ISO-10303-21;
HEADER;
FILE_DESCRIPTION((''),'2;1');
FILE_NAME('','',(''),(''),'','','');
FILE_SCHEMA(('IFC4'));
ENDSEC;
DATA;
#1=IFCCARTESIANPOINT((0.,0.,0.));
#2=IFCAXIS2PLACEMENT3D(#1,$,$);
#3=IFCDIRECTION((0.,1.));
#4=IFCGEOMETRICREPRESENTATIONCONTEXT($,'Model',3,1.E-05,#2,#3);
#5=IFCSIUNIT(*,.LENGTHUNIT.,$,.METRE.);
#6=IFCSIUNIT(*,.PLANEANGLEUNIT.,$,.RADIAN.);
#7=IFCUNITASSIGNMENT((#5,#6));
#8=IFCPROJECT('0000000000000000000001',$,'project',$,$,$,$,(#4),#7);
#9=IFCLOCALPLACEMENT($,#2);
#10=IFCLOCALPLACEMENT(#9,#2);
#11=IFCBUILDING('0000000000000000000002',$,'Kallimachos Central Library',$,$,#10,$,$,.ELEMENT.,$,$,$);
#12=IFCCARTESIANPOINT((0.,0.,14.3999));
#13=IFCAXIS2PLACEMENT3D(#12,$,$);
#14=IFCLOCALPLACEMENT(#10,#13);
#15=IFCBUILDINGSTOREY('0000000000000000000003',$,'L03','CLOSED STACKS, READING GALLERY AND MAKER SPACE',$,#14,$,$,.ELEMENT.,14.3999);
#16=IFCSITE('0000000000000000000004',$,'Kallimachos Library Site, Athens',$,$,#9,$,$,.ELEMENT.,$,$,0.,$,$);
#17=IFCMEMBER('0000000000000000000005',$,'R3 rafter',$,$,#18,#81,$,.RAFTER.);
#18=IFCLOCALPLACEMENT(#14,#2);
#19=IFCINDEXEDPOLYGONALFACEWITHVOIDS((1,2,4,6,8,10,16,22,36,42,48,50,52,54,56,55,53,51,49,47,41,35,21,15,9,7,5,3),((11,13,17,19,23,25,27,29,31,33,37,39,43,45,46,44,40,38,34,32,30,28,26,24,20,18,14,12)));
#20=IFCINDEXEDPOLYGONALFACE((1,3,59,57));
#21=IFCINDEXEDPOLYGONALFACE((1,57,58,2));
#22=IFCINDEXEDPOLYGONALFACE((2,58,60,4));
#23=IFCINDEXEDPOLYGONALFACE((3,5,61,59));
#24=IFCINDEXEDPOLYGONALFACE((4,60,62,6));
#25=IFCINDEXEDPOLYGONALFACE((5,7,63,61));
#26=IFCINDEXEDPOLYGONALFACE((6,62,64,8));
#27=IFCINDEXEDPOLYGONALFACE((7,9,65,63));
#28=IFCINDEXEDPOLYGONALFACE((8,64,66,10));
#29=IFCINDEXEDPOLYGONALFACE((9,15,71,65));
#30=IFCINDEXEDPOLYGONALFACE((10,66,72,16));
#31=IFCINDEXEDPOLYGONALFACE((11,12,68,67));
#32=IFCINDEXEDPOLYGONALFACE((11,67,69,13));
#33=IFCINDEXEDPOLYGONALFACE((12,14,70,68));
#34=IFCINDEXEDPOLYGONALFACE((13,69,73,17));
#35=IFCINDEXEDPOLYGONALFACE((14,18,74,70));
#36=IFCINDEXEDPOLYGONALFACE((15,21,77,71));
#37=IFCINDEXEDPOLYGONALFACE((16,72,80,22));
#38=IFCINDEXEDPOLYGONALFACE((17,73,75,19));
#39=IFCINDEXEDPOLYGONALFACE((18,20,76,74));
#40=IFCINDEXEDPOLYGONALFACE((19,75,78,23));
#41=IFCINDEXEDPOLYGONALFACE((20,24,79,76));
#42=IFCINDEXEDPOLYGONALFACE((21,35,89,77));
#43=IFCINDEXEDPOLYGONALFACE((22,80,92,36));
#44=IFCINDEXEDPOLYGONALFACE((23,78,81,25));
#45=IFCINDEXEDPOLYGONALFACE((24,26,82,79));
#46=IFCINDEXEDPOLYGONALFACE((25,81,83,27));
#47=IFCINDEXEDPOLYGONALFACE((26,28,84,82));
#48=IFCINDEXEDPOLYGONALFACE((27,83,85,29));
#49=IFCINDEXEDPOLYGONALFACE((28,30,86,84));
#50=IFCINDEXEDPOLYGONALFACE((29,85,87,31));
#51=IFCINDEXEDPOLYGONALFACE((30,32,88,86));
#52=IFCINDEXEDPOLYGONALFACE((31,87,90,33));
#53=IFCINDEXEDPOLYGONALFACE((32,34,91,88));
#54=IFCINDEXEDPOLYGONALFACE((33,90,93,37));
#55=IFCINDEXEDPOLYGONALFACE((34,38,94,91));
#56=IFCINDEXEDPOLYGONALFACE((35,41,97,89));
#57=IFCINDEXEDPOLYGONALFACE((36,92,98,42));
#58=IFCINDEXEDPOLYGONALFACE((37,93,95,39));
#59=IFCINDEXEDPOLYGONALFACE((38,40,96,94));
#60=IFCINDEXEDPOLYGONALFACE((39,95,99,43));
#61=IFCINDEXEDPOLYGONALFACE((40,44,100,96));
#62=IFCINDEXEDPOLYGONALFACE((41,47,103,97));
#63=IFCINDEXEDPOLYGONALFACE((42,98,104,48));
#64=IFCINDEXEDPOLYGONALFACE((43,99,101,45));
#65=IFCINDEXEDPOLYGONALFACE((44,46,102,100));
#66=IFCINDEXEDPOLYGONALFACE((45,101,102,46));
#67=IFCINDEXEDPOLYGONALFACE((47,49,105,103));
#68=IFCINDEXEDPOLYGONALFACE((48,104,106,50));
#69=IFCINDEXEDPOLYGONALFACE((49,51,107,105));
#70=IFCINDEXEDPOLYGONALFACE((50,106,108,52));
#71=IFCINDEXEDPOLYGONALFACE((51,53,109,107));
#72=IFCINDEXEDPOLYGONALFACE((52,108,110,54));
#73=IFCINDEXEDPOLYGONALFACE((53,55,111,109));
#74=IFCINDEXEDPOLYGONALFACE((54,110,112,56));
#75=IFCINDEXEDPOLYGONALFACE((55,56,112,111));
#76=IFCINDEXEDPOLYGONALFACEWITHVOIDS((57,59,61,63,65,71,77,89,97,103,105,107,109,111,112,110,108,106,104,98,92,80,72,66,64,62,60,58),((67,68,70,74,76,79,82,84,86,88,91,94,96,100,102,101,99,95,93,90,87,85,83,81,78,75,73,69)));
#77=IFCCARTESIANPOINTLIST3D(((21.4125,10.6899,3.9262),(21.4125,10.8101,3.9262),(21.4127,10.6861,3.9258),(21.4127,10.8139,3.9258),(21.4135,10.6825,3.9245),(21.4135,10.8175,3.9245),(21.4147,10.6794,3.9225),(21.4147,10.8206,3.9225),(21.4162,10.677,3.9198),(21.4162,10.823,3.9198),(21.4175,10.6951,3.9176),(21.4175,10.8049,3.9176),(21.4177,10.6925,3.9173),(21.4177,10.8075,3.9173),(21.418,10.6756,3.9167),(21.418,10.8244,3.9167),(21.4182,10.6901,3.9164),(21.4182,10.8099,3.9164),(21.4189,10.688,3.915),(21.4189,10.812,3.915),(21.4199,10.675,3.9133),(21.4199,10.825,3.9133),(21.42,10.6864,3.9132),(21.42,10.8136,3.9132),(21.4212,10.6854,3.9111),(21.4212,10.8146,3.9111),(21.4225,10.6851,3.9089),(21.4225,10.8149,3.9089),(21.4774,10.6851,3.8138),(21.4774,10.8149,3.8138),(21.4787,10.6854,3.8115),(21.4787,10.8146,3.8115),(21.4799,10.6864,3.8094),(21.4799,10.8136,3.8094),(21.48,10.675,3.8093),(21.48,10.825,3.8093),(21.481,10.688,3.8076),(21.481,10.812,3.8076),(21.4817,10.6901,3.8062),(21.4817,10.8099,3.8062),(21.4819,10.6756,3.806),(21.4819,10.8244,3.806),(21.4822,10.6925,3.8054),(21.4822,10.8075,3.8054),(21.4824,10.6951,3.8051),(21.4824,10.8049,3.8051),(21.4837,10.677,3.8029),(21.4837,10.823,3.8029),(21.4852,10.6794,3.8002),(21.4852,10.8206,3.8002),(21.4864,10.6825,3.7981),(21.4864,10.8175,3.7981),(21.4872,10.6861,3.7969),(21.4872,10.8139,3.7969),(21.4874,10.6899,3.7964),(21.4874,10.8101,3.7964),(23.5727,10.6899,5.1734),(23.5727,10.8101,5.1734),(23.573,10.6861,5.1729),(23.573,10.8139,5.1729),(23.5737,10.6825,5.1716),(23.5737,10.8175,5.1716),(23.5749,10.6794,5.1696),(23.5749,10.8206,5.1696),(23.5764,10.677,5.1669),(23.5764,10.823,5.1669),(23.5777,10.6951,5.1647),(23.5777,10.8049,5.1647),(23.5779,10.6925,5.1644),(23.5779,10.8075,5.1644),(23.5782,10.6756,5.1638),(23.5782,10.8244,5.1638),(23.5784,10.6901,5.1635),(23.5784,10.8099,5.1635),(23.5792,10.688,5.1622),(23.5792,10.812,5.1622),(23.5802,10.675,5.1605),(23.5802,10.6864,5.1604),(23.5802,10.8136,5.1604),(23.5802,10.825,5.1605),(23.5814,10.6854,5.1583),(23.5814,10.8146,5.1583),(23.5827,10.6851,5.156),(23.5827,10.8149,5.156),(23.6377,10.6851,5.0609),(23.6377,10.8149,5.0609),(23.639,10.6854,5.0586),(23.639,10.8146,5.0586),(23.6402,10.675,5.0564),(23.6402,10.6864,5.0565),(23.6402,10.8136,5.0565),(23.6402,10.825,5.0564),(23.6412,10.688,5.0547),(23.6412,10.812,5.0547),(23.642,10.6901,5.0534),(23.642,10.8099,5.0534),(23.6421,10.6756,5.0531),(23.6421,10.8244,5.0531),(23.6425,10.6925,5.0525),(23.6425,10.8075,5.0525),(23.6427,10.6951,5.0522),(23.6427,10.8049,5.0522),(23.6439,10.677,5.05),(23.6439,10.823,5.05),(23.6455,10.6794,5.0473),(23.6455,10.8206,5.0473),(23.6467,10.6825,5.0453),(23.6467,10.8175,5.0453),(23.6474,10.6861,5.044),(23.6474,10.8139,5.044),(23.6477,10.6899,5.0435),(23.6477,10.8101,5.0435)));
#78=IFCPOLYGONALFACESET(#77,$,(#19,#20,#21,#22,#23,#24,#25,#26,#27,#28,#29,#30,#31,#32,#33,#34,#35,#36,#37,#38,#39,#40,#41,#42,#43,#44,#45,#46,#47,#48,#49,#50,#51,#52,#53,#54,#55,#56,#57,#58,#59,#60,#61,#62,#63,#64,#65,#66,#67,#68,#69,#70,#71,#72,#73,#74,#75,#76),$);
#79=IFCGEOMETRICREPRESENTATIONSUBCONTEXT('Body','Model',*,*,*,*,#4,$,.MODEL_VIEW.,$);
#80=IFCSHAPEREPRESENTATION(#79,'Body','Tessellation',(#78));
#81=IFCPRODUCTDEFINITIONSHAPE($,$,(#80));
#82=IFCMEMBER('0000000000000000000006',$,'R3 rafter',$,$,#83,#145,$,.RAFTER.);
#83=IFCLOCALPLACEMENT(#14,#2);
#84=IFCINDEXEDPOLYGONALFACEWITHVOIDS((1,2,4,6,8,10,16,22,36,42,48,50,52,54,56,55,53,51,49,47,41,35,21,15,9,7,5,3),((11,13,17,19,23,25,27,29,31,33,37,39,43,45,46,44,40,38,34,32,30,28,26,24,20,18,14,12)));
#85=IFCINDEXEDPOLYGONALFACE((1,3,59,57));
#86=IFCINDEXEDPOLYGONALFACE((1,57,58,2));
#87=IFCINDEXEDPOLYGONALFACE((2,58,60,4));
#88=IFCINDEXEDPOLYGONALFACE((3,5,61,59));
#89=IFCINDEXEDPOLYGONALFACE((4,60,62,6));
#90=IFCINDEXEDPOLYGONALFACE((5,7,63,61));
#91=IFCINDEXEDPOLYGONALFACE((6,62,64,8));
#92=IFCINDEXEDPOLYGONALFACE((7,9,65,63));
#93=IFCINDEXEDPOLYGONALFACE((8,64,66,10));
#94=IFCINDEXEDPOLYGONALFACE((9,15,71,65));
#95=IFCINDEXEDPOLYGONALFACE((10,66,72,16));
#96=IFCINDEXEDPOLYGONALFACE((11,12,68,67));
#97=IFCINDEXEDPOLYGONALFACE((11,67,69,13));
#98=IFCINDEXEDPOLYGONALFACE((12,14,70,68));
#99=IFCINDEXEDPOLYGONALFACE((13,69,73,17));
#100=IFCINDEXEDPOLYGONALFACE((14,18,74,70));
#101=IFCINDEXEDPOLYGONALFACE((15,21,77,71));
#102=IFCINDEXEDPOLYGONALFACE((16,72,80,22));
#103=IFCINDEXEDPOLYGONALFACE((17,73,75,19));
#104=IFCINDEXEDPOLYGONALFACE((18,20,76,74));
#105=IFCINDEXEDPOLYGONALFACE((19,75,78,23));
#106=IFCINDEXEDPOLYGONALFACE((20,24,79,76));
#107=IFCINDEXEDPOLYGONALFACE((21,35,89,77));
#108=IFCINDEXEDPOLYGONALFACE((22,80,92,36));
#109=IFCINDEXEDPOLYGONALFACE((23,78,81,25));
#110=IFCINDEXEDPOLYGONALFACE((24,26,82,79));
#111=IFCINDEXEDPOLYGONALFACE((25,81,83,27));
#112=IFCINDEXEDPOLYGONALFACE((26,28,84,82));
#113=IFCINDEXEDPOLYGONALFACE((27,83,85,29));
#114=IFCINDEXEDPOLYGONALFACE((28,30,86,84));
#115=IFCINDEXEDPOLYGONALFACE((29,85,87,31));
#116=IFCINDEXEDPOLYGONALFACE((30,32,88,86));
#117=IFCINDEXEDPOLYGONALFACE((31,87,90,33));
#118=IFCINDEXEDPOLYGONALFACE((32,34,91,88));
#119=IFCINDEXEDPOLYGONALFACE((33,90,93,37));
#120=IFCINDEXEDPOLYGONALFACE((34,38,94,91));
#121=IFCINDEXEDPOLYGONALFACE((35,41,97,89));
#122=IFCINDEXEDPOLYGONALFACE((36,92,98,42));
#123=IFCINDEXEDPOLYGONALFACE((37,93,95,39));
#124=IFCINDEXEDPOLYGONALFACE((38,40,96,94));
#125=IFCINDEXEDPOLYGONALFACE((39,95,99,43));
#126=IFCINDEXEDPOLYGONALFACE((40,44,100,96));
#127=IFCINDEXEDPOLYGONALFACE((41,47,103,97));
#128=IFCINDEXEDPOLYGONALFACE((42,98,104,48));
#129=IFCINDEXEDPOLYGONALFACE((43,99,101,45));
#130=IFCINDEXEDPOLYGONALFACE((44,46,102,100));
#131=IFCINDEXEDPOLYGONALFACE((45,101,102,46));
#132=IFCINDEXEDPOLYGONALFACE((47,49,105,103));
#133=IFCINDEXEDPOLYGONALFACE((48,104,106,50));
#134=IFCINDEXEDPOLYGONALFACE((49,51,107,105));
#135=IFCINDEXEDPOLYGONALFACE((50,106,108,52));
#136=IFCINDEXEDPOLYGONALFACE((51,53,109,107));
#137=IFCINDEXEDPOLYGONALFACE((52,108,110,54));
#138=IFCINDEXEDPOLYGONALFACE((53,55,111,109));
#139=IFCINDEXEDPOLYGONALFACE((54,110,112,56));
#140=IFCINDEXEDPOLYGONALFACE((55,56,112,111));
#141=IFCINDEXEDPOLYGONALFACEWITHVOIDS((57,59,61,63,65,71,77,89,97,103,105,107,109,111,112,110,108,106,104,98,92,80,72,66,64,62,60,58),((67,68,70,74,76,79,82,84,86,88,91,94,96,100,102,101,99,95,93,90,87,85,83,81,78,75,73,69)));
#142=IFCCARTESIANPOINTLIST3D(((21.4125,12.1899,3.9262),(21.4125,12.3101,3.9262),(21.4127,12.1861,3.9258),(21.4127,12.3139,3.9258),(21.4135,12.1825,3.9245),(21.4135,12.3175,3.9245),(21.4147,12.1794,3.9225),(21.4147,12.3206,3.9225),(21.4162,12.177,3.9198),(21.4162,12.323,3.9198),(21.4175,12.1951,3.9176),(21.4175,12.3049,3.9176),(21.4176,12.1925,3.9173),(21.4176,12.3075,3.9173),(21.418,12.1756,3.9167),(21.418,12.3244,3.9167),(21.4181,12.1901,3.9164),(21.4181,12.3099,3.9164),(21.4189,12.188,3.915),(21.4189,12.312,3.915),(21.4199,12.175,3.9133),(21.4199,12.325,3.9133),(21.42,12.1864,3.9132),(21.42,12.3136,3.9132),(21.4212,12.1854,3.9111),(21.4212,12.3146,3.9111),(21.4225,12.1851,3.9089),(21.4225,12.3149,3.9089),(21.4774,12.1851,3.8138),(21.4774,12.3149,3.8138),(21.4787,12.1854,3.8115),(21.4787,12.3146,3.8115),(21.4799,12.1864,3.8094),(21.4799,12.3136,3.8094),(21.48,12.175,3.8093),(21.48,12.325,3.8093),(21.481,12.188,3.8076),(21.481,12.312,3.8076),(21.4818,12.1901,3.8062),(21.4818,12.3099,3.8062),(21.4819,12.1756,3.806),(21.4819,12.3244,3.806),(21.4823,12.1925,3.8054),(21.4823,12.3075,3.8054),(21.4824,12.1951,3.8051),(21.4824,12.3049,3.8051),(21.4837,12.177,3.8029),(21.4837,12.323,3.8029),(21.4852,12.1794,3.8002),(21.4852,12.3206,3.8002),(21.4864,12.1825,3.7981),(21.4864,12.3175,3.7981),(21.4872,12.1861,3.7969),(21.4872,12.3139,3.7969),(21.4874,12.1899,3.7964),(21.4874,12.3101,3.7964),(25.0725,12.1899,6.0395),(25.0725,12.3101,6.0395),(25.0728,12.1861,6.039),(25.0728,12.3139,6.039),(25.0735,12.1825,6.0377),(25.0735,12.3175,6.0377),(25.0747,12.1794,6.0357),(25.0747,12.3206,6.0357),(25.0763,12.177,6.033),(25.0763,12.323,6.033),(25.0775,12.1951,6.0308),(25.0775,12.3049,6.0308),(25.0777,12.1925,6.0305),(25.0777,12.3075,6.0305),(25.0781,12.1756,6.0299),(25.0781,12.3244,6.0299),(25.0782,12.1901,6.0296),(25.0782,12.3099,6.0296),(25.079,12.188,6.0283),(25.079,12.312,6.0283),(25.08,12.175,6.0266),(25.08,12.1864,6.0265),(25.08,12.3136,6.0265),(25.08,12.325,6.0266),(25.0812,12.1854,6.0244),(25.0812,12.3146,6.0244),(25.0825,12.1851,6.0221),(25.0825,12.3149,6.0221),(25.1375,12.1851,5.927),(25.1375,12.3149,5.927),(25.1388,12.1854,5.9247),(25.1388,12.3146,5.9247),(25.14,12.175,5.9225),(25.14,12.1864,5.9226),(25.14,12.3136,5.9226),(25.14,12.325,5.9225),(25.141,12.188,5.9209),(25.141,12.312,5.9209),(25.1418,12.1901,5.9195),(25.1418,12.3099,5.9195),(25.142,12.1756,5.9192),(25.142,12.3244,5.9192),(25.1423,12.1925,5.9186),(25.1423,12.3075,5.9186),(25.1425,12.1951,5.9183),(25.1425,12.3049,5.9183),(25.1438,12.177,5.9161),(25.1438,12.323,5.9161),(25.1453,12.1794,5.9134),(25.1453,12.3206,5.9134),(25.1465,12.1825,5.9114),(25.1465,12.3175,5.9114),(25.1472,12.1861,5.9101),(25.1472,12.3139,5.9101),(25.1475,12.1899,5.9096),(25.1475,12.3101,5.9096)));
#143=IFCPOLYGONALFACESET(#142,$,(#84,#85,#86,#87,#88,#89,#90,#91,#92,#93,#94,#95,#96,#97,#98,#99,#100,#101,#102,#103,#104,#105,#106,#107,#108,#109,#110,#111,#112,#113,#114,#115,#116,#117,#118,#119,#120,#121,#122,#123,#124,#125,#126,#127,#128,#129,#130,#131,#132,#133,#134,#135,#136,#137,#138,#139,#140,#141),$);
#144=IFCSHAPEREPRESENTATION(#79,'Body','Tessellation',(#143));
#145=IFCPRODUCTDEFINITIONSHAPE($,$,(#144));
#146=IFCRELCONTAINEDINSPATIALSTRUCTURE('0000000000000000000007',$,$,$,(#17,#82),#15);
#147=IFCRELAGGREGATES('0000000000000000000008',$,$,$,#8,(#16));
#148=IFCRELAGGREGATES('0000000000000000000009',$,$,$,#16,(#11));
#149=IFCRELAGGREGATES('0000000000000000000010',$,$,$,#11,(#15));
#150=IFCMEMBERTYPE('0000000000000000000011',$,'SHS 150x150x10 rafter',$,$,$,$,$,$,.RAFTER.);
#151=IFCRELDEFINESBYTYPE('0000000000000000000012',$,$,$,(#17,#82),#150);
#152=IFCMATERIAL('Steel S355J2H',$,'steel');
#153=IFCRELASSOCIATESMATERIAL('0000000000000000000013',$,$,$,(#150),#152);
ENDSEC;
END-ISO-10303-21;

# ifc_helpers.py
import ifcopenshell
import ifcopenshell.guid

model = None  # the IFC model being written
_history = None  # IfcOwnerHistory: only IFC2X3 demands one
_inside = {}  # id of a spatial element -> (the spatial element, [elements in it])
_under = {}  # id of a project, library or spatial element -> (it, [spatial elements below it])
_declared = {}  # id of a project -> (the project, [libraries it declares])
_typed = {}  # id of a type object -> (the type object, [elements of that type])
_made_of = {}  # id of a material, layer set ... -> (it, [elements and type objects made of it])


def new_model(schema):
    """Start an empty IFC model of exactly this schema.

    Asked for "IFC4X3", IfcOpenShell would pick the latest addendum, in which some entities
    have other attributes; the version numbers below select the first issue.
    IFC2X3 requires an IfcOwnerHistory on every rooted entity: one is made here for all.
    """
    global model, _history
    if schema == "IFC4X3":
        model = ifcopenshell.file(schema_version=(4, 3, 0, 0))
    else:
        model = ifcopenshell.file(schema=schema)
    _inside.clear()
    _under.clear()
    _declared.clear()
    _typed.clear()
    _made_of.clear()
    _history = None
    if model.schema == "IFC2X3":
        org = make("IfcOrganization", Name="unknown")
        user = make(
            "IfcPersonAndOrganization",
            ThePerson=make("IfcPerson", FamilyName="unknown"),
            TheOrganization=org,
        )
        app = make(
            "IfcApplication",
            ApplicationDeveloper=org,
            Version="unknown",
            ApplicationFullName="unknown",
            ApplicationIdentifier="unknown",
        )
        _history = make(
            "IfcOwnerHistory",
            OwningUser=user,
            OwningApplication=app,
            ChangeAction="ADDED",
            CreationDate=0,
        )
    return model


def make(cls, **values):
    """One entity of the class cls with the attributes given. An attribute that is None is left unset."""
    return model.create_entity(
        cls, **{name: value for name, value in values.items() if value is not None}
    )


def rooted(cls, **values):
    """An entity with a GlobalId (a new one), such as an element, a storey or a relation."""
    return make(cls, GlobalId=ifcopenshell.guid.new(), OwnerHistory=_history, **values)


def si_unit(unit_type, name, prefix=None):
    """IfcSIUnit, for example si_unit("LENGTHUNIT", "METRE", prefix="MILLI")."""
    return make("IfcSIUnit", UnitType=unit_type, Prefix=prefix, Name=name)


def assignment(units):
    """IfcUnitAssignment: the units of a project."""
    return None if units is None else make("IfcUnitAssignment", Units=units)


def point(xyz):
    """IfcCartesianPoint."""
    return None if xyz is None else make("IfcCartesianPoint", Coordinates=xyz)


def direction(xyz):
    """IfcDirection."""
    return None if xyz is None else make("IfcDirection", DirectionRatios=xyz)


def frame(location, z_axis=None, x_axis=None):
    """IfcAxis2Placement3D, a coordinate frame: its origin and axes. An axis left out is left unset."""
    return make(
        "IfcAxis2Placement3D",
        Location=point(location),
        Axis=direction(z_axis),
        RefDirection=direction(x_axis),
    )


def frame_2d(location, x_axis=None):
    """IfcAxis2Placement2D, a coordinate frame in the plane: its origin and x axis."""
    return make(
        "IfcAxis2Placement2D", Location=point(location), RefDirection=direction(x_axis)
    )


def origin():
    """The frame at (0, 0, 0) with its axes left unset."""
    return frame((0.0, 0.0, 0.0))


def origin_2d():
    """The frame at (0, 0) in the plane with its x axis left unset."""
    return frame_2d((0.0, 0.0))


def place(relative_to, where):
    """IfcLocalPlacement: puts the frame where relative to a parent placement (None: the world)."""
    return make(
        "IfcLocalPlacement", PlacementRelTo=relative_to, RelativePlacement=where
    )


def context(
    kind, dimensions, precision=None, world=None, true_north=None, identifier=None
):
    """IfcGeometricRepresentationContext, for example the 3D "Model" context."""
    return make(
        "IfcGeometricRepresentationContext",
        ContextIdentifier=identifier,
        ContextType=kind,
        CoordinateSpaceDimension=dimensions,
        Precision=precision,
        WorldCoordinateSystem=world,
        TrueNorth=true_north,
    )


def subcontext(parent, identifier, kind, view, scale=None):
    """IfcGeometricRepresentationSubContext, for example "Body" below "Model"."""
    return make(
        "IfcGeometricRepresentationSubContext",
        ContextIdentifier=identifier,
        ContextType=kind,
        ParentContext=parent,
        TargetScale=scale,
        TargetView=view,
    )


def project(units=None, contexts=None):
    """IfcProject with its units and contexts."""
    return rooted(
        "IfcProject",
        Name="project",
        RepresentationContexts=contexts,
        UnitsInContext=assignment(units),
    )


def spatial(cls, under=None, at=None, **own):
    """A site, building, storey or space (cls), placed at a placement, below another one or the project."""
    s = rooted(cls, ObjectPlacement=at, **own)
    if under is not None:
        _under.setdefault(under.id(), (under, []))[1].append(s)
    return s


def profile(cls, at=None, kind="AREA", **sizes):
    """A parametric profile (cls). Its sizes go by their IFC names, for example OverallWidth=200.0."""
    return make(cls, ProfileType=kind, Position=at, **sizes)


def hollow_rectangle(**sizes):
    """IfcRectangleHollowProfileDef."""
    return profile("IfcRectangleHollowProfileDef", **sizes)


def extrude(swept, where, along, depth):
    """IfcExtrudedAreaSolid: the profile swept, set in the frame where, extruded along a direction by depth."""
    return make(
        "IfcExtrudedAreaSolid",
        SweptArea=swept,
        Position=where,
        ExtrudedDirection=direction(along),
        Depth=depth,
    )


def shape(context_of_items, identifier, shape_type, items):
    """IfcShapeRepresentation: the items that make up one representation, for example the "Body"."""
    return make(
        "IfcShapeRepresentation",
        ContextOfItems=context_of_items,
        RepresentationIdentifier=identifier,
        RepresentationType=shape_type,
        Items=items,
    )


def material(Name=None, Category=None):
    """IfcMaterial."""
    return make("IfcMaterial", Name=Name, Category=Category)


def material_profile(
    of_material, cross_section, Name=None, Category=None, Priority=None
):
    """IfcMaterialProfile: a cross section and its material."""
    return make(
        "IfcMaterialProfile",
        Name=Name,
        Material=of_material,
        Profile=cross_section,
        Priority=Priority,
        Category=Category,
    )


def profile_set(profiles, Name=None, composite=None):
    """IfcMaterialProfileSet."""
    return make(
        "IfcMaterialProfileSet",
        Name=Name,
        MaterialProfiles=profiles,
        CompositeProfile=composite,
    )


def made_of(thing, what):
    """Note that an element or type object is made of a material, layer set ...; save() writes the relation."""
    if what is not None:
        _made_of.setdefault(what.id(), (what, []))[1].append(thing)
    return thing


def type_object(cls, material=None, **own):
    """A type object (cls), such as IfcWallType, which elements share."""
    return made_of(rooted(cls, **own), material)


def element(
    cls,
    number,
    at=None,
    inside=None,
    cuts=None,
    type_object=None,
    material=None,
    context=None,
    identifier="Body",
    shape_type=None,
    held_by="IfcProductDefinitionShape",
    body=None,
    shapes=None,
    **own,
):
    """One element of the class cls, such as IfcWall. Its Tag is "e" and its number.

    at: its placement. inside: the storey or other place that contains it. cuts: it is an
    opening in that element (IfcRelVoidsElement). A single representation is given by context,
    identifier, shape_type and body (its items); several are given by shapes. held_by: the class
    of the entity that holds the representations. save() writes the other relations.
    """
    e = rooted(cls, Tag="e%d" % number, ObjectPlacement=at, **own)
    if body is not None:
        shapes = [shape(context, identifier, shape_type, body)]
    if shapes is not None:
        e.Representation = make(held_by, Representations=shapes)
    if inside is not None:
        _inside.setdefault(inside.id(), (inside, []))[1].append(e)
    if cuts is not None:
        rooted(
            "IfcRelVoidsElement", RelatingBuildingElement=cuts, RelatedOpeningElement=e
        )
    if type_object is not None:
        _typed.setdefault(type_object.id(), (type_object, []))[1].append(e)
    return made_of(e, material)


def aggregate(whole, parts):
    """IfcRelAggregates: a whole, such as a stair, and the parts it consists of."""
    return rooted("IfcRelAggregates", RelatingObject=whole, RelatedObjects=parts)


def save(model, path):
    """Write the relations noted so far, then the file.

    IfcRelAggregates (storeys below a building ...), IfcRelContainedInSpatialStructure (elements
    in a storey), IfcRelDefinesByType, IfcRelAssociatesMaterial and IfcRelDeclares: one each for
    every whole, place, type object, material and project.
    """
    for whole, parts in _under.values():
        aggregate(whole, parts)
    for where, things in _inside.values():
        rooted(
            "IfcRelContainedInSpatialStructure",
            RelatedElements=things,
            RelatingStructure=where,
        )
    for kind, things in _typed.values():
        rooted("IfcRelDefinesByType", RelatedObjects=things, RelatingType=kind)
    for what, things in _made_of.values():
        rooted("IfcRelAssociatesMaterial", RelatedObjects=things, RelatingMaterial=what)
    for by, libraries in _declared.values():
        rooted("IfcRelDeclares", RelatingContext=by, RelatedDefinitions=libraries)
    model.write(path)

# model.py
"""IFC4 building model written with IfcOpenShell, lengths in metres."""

from ifc_helpers import new_model, si_unit, direction, frame, origin, origin_2d, place, context, subcontext, project, spatial, hollow_rectangle, extrude, material, material_profile, profile_set, type_object, element, save


model = new_model("IFC4")

# Units and contexts
model_context = context("Model", 3, precision=1e-05, world=origin(), true_north=direction((0.0, 1.0)))
body_context = subcontext(model_context, "Body", "Model", "MODEL_VIEW")
ifc_project = project(units=[si_unit("LENGTHUNIT", "METRE"), si_unit("PLANEANGLEUNIT", "RADIAN")], contexts=[model_context])

# Site, building, storey
site_placement = place(None, origin())
site = spatial("IfcSite", under=ifc_project, at=site_placement, Name="Kallimachos Library Site, Athens", CompositionType="ELEMENT", RefElevation=0.0)
building_placement = place(site_placement, origin())
building = spatial("IfcBuilding", under=site, at=building_placement, Name="Kallimachos Central Library", CompositionType="ELEMENT")
storey_placement = place(building_placement, frame((0.0, 0.0, 14.3999)))
storey = spatial("IfcBuildingStorey", under=building, at=storey_placement, Name="L03", Description="CLOSED STACKS, READING GALLERY AND MAKER SPACE", CompositionType="ELEMENT", Elevation=14.3999)

# Members
ifc_material_1 = material(Name="Steel S355J2H", Category="steel")
ifc_material_profile_1 = material_profile(ifc_material_1, hollow_rectangle(XDim=0.1499, YDim=0.1499, WallThickness=0.01, InnerFilletRadius=0.01, OuterFilletRadius=0.0149, at=origin_2d()), Name="SHS 150x150x10")
ifc_profile_set_1 = profile_set([ifc_material_profile_1], Name="Steel S355J2H")
member_type_1 = type_object("IfcMemberType", Name="SHS 150x150x10 rafter", PredefinedType="RAFTER", material=ifc_profile_set_1)
member_1_placement = place(storey_placement, frame((21.45, 10.75, 3.8613), z_axis=(0.866042, 0.0, 0.499971), x_axis=(0.0, 1.0, 0.0)))
element("IfcMember", 1, at=member_1_placement, inside=storey, type_object=member_type_1, Name="R3 rafter", PredefinedType="RAFTER", context=body_context, shape_type="SweptSolid", body=[
    extrude(hollow_rectangle(XDim=0.1499, YDim=0.1499, WallThickness=0.01, InnerFilletRadius=0.01, OuterFilletRadius=0.0149, at=origin_2d()), origin(), (0.0, 0.0, 1.0), 2.4944),
])
member_2_placement = place(storey_placement, frame((21.45, 12.25, 3.8613), z_axis=(0.866016, 0.0, 0.500016), x_axis=(0.0, 1.0, 0.0)))
element("IfcMember", 2, at=member_2_placement, inside=storey, type_object=member_type_1, Name="R3 rafter", PredefinedType="RAFTER", context=body_context, shape_type="SweptSolid", body=[
    extrude(hollow_rectangle(XDim=0.1499, YDim=0.1499, WallThickness=0.01, InnerFilletRadius=0.01, OuterFilletRadius=0.0149, at=origin_2d()), origin(), (0.0, 0.0, 1.0), 4.2263),
])

save(model, "model.ifc")
